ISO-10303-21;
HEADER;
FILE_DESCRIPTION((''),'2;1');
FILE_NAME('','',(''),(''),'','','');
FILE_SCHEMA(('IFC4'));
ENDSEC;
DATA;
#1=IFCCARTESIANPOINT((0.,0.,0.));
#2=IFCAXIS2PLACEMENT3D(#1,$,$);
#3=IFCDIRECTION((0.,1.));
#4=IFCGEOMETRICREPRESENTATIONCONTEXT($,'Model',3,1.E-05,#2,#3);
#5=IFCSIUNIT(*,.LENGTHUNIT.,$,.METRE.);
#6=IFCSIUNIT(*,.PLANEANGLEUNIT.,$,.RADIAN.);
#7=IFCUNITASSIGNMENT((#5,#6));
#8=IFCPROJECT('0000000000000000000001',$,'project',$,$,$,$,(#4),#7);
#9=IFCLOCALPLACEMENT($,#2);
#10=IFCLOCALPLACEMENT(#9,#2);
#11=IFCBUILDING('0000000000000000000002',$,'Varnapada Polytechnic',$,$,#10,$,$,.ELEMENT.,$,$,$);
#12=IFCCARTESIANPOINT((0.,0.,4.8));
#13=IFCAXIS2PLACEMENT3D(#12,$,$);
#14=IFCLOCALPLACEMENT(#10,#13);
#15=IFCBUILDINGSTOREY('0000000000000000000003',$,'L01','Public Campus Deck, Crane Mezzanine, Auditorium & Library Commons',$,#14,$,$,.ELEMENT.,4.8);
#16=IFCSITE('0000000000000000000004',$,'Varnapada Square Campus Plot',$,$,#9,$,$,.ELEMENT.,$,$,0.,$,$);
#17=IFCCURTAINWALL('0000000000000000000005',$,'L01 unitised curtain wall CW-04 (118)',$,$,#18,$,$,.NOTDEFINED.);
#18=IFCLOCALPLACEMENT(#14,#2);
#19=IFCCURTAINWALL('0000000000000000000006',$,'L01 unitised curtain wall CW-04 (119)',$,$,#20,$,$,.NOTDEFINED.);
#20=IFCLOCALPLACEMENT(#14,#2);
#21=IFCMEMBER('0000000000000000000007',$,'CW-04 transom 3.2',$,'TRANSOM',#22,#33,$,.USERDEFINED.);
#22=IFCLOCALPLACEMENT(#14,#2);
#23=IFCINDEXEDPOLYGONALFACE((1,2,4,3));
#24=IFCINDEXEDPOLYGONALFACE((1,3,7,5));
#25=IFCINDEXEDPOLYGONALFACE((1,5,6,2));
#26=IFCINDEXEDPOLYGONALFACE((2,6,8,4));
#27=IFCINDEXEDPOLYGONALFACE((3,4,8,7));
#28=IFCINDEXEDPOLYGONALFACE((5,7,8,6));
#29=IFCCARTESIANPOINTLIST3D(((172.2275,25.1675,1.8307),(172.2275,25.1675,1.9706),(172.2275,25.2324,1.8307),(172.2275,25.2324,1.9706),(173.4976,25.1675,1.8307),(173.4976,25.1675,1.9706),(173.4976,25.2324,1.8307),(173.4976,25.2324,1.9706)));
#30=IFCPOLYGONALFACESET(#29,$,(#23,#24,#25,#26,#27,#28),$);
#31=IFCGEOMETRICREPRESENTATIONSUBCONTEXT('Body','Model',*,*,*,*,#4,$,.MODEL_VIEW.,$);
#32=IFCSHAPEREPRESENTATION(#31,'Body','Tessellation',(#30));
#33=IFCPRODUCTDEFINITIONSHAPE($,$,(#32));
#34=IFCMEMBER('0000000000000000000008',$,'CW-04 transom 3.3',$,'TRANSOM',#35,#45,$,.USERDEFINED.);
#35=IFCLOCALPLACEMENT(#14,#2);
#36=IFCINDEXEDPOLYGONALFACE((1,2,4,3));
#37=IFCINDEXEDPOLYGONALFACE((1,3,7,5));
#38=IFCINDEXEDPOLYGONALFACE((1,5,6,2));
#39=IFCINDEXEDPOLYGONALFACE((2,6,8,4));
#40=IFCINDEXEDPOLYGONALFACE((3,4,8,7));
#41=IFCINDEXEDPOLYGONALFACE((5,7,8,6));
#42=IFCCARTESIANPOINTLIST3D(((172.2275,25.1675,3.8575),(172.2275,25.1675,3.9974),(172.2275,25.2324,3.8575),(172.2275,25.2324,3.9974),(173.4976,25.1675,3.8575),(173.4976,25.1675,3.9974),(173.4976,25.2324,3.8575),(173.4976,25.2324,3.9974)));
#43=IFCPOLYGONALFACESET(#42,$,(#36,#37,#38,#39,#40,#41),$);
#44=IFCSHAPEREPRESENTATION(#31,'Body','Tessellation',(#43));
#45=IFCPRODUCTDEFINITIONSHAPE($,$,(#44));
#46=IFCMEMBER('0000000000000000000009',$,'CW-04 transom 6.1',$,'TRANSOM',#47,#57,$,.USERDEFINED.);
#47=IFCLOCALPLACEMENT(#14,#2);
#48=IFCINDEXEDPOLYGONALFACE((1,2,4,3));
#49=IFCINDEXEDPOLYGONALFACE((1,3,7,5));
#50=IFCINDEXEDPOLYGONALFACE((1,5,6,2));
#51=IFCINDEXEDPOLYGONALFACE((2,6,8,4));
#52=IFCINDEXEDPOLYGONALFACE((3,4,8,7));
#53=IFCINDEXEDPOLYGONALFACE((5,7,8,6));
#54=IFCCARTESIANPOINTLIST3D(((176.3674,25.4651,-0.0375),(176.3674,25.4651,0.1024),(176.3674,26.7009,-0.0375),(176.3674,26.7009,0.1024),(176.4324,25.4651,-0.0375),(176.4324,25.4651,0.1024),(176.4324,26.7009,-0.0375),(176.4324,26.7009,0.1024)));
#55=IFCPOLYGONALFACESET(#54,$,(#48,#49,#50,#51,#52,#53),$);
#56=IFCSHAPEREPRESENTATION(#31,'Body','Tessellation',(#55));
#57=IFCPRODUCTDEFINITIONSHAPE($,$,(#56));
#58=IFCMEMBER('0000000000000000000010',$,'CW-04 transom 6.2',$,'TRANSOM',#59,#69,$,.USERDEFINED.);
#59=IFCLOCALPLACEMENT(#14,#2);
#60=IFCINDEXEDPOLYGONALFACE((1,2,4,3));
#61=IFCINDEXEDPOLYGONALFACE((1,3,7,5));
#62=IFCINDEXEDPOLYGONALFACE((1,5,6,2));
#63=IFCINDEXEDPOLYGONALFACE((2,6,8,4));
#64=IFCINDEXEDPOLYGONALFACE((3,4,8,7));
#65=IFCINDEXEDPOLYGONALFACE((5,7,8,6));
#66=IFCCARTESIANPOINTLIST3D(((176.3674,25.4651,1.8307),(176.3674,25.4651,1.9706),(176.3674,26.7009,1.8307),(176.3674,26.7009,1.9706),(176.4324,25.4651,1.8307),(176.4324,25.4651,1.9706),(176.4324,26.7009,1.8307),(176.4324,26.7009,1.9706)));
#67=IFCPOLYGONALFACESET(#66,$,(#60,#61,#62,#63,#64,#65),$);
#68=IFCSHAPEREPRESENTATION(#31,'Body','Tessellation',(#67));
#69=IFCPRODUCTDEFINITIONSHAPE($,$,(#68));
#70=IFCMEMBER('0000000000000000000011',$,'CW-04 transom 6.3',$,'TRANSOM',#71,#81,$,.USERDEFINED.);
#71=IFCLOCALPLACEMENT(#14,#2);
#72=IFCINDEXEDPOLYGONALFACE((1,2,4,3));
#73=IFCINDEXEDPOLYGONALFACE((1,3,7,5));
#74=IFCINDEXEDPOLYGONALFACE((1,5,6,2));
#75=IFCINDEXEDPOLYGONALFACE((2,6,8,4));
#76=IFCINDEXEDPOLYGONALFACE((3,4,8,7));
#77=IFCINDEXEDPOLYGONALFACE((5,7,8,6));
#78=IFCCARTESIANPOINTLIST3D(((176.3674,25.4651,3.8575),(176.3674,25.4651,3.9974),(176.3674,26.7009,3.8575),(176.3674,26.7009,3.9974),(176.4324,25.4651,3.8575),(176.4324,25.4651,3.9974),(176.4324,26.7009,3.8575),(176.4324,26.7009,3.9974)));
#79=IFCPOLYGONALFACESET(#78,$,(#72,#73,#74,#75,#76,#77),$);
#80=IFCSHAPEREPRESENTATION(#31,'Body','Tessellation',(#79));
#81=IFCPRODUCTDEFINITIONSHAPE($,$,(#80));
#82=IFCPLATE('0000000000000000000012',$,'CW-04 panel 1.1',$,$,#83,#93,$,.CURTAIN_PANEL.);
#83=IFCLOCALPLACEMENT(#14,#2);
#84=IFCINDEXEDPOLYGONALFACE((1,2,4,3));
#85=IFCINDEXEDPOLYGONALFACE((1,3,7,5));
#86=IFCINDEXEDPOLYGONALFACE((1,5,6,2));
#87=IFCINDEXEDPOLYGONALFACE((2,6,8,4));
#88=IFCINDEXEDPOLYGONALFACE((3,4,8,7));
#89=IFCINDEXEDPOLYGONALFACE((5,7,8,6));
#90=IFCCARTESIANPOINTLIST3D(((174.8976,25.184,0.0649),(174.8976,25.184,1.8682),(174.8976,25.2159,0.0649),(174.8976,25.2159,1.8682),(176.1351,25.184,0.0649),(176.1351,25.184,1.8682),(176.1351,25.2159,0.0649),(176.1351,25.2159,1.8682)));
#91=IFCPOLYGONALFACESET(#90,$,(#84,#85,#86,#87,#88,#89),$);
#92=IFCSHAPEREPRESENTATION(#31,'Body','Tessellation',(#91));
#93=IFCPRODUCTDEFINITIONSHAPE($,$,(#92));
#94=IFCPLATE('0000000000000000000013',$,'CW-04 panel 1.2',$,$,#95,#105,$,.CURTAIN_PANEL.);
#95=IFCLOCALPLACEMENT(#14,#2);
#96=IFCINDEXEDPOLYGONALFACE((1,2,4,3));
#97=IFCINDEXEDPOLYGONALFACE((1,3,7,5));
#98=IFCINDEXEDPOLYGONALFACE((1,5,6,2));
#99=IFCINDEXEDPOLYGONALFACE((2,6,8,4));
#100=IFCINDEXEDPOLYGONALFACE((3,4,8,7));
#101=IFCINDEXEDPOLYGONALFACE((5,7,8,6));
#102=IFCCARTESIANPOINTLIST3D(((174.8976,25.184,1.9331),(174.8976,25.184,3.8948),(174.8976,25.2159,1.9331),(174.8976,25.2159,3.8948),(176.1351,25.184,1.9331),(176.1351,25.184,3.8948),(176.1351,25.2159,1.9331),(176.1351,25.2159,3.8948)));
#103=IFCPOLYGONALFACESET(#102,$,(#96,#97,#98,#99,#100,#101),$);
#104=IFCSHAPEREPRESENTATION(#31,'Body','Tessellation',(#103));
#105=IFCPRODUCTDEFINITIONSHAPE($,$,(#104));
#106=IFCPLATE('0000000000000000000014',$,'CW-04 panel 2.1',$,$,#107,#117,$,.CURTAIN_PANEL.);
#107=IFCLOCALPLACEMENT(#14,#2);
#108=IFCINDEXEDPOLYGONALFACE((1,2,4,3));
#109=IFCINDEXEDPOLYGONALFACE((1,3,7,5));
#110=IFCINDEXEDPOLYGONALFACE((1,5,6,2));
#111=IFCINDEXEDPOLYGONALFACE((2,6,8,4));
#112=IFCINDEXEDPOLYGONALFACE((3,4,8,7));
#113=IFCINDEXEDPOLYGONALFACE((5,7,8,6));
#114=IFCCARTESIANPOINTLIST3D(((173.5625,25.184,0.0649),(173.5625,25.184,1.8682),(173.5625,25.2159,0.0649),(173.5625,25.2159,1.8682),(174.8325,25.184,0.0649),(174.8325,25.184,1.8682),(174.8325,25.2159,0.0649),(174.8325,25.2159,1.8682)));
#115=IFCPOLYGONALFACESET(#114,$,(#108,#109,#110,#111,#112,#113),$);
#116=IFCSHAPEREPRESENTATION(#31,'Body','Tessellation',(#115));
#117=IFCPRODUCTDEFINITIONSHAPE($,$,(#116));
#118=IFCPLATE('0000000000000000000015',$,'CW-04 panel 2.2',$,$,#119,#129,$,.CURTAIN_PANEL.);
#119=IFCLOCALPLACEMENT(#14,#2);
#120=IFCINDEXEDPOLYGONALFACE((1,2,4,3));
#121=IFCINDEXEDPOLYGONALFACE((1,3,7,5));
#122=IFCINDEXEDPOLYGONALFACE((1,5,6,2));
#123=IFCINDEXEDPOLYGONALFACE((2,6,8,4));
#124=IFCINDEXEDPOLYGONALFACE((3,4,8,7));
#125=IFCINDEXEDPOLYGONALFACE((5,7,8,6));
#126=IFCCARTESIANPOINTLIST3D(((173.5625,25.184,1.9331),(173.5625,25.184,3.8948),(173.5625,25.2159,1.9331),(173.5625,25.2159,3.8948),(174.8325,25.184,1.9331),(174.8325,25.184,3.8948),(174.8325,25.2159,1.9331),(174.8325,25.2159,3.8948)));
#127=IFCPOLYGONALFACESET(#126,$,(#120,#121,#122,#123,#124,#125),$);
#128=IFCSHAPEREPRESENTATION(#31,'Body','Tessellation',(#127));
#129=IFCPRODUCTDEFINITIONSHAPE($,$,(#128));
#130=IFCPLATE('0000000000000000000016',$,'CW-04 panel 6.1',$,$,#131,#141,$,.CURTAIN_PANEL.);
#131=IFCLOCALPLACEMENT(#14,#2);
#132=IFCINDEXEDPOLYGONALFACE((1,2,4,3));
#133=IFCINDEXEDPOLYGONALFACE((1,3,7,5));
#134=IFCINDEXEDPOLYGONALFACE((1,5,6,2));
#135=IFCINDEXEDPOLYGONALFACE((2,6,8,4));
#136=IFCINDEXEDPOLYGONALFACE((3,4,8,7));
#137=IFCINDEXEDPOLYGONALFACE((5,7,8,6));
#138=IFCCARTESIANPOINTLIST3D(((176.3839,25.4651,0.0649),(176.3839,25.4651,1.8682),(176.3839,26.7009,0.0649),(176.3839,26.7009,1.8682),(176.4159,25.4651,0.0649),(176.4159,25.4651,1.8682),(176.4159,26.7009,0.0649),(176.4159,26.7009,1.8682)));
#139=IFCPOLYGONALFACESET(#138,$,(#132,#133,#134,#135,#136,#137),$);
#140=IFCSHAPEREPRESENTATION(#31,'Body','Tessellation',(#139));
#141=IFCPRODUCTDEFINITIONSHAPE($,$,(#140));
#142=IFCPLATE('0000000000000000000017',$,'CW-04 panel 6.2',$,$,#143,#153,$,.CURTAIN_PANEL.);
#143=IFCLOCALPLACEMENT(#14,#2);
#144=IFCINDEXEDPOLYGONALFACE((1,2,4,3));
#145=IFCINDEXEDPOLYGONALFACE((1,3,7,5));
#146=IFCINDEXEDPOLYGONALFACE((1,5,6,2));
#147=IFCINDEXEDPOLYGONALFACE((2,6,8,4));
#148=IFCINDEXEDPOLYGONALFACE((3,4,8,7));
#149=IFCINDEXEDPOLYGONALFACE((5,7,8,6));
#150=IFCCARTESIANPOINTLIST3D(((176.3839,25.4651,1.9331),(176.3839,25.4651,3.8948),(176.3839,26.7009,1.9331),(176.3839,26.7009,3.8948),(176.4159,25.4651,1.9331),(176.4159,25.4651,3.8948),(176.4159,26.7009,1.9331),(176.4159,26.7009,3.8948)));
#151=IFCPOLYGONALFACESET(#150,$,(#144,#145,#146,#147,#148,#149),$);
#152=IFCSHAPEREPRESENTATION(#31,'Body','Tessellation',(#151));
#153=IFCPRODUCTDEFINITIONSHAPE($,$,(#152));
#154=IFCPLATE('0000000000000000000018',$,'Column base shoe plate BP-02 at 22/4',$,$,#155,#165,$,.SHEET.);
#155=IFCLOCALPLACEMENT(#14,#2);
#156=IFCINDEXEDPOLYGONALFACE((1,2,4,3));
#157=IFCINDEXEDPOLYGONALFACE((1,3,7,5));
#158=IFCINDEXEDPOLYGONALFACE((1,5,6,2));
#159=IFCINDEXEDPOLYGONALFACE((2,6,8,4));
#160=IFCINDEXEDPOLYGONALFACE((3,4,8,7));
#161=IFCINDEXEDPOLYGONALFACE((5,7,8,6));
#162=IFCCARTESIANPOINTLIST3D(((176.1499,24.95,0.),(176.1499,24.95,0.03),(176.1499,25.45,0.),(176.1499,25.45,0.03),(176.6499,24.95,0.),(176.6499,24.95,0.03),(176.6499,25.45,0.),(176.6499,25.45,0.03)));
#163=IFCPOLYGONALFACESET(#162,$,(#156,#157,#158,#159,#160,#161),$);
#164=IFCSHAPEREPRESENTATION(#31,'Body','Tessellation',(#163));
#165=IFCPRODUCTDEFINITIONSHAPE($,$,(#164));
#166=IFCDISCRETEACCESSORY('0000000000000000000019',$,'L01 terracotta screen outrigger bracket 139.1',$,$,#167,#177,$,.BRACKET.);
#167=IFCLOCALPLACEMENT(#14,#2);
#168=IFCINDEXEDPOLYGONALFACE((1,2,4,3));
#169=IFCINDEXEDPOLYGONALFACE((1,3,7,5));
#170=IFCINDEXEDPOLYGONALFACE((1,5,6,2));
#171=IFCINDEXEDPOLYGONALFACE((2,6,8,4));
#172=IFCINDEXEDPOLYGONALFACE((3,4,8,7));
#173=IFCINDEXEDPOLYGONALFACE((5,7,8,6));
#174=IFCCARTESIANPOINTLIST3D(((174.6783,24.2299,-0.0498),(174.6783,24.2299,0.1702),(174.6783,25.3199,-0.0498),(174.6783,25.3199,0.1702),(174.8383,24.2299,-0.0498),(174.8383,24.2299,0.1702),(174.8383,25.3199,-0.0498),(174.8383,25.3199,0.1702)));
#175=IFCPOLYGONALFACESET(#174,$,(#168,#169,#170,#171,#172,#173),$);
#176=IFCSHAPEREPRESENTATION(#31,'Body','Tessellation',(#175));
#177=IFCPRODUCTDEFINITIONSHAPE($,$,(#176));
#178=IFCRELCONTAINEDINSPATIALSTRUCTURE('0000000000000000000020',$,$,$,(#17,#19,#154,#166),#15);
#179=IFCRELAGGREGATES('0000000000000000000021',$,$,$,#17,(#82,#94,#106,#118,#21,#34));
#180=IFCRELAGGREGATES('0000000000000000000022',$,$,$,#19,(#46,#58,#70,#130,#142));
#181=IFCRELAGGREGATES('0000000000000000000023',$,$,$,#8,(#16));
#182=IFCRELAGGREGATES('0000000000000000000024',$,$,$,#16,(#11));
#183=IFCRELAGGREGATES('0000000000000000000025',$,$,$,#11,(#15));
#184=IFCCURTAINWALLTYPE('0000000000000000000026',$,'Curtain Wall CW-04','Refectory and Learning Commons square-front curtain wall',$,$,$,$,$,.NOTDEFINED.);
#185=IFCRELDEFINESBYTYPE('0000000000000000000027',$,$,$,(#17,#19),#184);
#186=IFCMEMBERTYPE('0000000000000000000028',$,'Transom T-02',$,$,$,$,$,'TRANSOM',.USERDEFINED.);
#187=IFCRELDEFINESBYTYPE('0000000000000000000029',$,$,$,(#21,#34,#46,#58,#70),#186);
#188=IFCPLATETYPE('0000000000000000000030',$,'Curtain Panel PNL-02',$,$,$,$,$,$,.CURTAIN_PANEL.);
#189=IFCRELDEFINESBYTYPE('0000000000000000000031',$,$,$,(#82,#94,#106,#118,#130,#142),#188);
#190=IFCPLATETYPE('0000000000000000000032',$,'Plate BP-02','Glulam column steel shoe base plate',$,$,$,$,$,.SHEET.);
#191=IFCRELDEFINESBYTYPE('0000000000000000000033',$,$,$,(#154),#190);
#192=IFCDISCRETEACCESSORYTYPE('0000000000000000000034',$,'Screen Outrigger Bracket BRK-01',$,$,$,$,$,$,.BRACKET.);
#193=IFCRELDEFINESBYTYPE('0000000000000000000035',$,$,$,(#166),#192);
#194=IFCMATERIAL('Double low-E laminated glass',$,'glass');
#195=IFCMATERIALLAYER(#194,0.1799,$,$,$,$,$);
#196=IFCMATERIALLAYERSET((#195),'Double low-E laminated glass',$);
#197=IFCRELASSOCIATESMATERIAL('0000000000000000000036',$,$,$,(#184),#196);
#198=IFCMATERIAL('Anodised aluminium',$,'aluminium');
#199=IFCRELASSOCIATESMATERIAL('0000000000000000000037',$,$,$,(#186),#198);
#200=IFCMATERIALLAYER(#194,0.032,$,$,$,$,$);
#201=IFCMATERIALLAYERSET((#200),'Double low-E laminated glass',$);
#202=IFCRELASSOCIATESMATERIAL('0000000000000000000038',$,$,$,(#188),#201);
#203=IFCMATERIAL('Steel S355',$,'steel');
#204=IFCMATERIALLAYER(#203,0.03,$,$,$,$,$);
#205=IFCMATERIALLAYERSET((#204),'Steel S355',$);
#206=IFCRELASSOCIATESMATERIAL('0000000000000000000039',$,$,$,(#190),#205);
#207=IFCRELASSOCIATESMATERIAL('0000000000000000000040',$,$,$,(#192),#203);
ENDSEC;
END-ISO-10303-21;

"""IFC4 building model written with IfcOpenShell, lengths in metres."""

from ifc_helpers import new_model, si_unit, direction, frame, origin, origin_2d, place, context, subcontext, project, spatial, rectangle, extrude, material, layer, layer_set, material_profile, profile_set, type_object, element, aggregate, save


model = new_model("IFC4")

# Units and contexts
model_context = context("Model", 3, precision=1e-05, world=origin(), true_north=direction((0.0, 1.0)))
body_context = subcontext(model_context, "Body", "Model", "MODEL_VIEW")
ifc_project = project(units=[si_unit("LENGTHUNIT", "METRE"), si_unit("PLANEANGLEUNIT", "RADIAN")], contexts=[model_context])

# Site, building, storey
site_placement = place(None, origin())
site = spatial("IfcSite", under=ifc_project, at=site_placement, Name="Varnapada Square Campus Plot", CompositionType="ELEMENT", RefElevation=0.0)
building_placement = place(site_placement, origin())
building = spatial("IfcBuilding", under=site, at=building_placement, Name="Varnapada Polytechnic", CompositionType="ELEMENT")
storey_placement = place(building_placement, frame((0.0, 0.0, 4.8)))
storey = spatial("IfcBuildingStorey", under=building, at=storey_placement, Name="L01", Description="Public Campus Deck, Crane Mezzanine, Auditorium & Library Commons", CompositionType="ELEMENT", Elevation=4.8)

# Curtain walls
ifc_material_1 = material(Name="Double low-E laminated glass", Category="glass")
ifc_layer_1 = layer(ifc_material_1, 0.1799)
ifc_layer_set_1 = layer_set([ifc_layer_1], Name="Double low-E laminated glass")
curtain_wall_type = type_object("IfcCurtainWallType", Name="Curtain Wall CW-04", Description="Refectory and Learning Commons square-front curtain wall", PredefinedType="NOTDEFINED", material=ifc_layer_set_1)
curtain_wall_1_placement = place(storey_placement, origin())
curtain_wall_1 = element("IfcCurtainWall", 1, at=curtain_wall_1_placement, inside=storey, type_object=curtain_wall_type, Name="L01 unitised curtain wall CW-04 (118)", PredefinedType="NOTDEFINED")
ifc_material_2 = material(Name="Anodised aluminium", Category="aluminium")
curtain_wall_2_placement = place(storey_placement, origin())
curtain_wall_2 = element("IfcCurtainWall", 2, at=curtain_wall_2_placement, inside=storey, type_object=curtain_wall_type, Name="L01 unitised curtain wall CW-04 (119)", PredefinedType="NOTDEFINED")

# Members
ifc_material_profile_1 = material_profile(ifc_material_2, rectangle(XDim=0.0649, YDim=0.1399, at=origin_2d()), Name="ALU T65x140")
ifc_profile_set_1 = profile_set([ifc_material_profile_1], Name="Anodised aluminium")
member_type_1 = type_object("IfcMemberType", Name="Transom T-02", ElementType="TRANSOM", PredefinedType="USERDEFINED", material=ifc_profile_set_1)
member_1_placement = place(storey_placement, frame((173.4976, 25.2, 1.9006), z_axis=(-1.0, 0.0, 0.0), x_axis=(0.0, -1.0, 0.0)))
member_1 = element("IfcMember", 3, at=member_1_placement, type_object=member_type_1, Name="CW-04 transom 3.2", ObjectType="TRANSOM", PredefinedType="USERDEFINED", context=body_context, shape_type="SweptSolid", body=[
    extrude(rectangle(XDim=0.0649, YDim=0.1399, at=origin_2d()), origin(), (0.0, 0.0, 1.0), 1.27),
])
member_2_placement = place(storey_placement, frame((173.4976, 25.2, 3.9275), z_axis=(-1.0, 0.0, 0.0), x_axis=(0.0, -1.0, 0.0)))
member_2 = element("IfcMember", 4, at=member_2_placement, type_object=member_type_1, Name="CW-04 transom 3.3", ObjectType="TRANSOM", PredefinedType="USERDEFINED", context=body_context, shape_type="SweptSolid", body=[
    extrude(rectangle(XDim=0.0649, YDim=0.1399, at=origin_2d()), origin(), (0.0, 0.0, 1.0), 1.27),
])
member_3_placement = place(storey_placement, frame((176.3999, 26.7009, 0.0325), z_axis=(0.0, -1.0, 0.0), x_axis=(1.0, 0.0, 0.0)))
member_3 = element("IfcMember", 5, at=member_3_placement, type_object=member_type_1, Name="CW-04 transom 6.1", ObjectType="TRANSOM", PredefinedType="USERDEFINED", context=body_context, shape_type="SweptSolid", body=[
    extrude(rectangle(XDim=0.0649, YDim=0.1399, at=origin_2d()), origin(), (0.0, 0.0, 1.0), 1.2358),
])
member_4_placement = place(storey_placement, frame((176.3999, 26.7009, 1.9006), z_axis=(0.0, -1.0, 0.0), x_axis=(1.0, 0.0, 0.0)))
member_4 = element("IfcMember", 6, at=member_4_placement, type_object=member_type_1, Name="CW-04 transom 6.2", ObjectType="TRANSOM", PredefinedType="USERDEFINED", context=body_context, shape_type="SweptSolid", body=[
    extrude(rectangle(XDim=0.0649, YDim=0.1399, at=origin_2d()), origin(), (0.0, 0.0, 1.0), 1.2358),
])
member_5_placement = place(storey_placement, frame((176.3999, 26.7009, 3.9275), z_axis=(0.0, -1.0, 0.0), x_axis=(1.0, 0.0, 0.0)))
member_5 = element("IfcMember", 7, at=member_5_placement, type_object=member_type_1, Name="CW-04 transom 6.3", ObjectType="TRANSOM", PredefinedType="USERDEFINED", context=body_context, shape_type="SweptSolid", body=[
    extrude(rectangle(XDim=0.0649, YDim=0.1399, at=origin_2d()), origin(), (0.0, 0.0, 1.0), 1.2358),
])

# Plates
ifc_layer_2 = layer(ifc_material_1, 0.032)
ifc_layer_set_2 = layer_set([ifc_layer_2], Name="Double low-E laminated glass")
plate_type_1 = type_object("IfcPlateType", Name="Curtain Panel PNL-02", PredefinedType="CURTAIN_PANEL", material=ifc_layer_set_2)
plate_1_placement = place(storey_placement, frame((175.5164, 25.2, 0.0649), z_axis=(0.0, 0.0, 1.0), x_axis=(-1.0, 0.0, 0.0)))
plate_1 = element("IfcPlate", 8, at=plate_1_placement, type_object=plate_type_1, Name="CW-04 panel 1.1", PredefinedType="CURTAIN_PANEL", context=body_context, shape_type="SweptSolid", body=[
    extrude(rectangle(XDim=1.2375, YDim=0.032, at=origin_2d()), origin(), (0.0, 0.0, 1.0), 1.8032),
])
plate_2_placement = place(storey_placement, frame((175.5164, 25.2, 1.9331), z_axis=(0.0, 0.0, 1.0), x_axis=(-1.0, 0.0, 0.0)))
plate_2 = element("IfcPlate", 9, at=plate_2_placement, type_object=plate_type_1, Name="CW-04 panel 1.2", PredefinedType="CURTAIN_PANEL", context=body_context, shape_type="SweptSolid", body=[
    extrude(rectangle(XDim=1.2375, YDim=0.032, at=origin_2d()), origin(), (0.0, 0.0, 1.0), 1.9617),
])
plate_3_placement = place(storey_placement, frame((174.1975, 25.2, 0.0649), z_axis=(0.0, 0.0, 1.0), x_axis=(-1.0, 0.0, 0.0)))
plate_3 = element("IfcPlate", 10, at=plate_3_placement, type_object=plate_type_1, Name="CW-04 panel 2.1", PredefinedType="CURTAIN_PANEL", context=body_context, shape_type="SweptSolid", body=[
    extrude(rectangle(XDim=1.27, YDim=0.032, at=origin_2d()), origin(), (0.0, 0.0, 1.0), 1.8032),
])
plate_4_placement = place(storey_placement, frame((174.1975, 25.2, 1.9331), z_axis=(0.0, 0.0, 1.0), x_axis=(-1.0, 0.0, 0.0)))
plate_4 = element("IfcPlate", 11, at=plate_4_placement, type_object=plate_type_1, Name="CW-04 panel 2.2", PredefinedType="CURTAIN_PANEL", context=body_context, shape_type="SweptSolid", body=[
    extrude(rectangle(XDim=1.27, YDim=0.032, at=origin_2d()), origin(), (0.0, 0.0, 1.0), 1.9617),
])
aggregate(curtain_wall_1, [plate_1, plate_2, plate_3, plate_4, member_1, member_2])
plate_5_placement = place(storey_placement, frame((176.3999, 26.083, 0.0649), z_axis=(0.0, 0.0, 1.0), x_axis=(0.0, -1.0, 0.0)))
plate_5 = element("IfcPlate", 12, at=plate_5_placement, type_object=plate_type_1, Name="CW-04 panel 6.1", PredefinedType="CURTAIN_PANEL", context=body_context, shape_type="SweptSolid", body=[
    extrude(rectangle(XDim=1.2358, YDim=0.032, at=origin_2d()), origin(), (0.0, 0.0, 1.0), 1.8032),
])
plate_6_placement = place(storey_placement, frame((176.3999, 26.083, 1.9331), z_axis=(0.0, 0.0, 1.0), x_axis=(0.0, -1.0, 0.0)))
plate_6 = element("IfcPlate", 13, at=plate_6_placement, type_object=plate_type_1, Name="CW-04 panel 6.2", PredefinedType="CURTAIN_PANEL", context=body_context, shape_type="SweptSolid", body=[
    extrude(rectangle(XDim=1.2358, YDim=0.032, at=origin_2d()), origin(), (0.0, 0.0, 1.0), 1.9617),
])
aggregate(curtain_wall_2, [member_3, member_4, member_5, plate_5, plate_6])
ifc_material_3 = material(Name="Steel S355", Category="steel")
ifc_layer_3 = layer(ifc_material_3, 0.03)
ifc_layer_set_3 = layer_set([ifc_layer_3], Name="Steel S355")
plate_type_2 = type_object("IfcPlateType", Name="Plate BP-02", Description="Glulam column steel shoe base plate", PredefinedType="SHEET", material=ifc_layer_set_3)
plate_7_placement = place(storey_placement, frame((176.3999, 25.2, 0.0), z_axis=(0.0, 0.0, 1.0), x_axis=(1.0, 0.0, 0.0)))
element("IfcPlate", 14, at=plate_7_placement, inside=storey, type_object=plate_type_2, Name="Column base shoe plate BP-02 at 22/4", PredefinedType="SHEET", context=body_context, shape_type="SweptSolid", body=[
    extrude(rectangle(XDim=0.5, YDim=0.5, at=origin_2d()), origin(), (0.0, 0.0, 1.0), 0.03),
])

# Discrete accessory
discrete_accessory_type = type_object("IfcDiscreteAccessoryType", Name="Screen Outrigger Bracket BRK-01", PredefinedType="BRACKET", material=ifc_material_3)
discrete_accessory_placement = place(storey_placement, frame((174.7583, 24.7749, -0.0498), z_axis=(0.0, 0.0, 1.0), x_axis=(-1.0, 0.0, 0.0)))
element("IfcDiscreteAccessory", 15, at=discrete_accessory_placement, inside=storey, type_object=discrete_accessory_type, Name="L01 terracotta screen outrigger bracket 139.1", PredefinedType="BRACKET", context=body_context, shape_type="SweptSolid", body=[
    extrude(rectangle(XDim=0.1599, YDim=1.0901, at=origin_2d()), origin(), (0.0, 0.0, 1.0), 0.22),
])

save(model, "model.ifc")
